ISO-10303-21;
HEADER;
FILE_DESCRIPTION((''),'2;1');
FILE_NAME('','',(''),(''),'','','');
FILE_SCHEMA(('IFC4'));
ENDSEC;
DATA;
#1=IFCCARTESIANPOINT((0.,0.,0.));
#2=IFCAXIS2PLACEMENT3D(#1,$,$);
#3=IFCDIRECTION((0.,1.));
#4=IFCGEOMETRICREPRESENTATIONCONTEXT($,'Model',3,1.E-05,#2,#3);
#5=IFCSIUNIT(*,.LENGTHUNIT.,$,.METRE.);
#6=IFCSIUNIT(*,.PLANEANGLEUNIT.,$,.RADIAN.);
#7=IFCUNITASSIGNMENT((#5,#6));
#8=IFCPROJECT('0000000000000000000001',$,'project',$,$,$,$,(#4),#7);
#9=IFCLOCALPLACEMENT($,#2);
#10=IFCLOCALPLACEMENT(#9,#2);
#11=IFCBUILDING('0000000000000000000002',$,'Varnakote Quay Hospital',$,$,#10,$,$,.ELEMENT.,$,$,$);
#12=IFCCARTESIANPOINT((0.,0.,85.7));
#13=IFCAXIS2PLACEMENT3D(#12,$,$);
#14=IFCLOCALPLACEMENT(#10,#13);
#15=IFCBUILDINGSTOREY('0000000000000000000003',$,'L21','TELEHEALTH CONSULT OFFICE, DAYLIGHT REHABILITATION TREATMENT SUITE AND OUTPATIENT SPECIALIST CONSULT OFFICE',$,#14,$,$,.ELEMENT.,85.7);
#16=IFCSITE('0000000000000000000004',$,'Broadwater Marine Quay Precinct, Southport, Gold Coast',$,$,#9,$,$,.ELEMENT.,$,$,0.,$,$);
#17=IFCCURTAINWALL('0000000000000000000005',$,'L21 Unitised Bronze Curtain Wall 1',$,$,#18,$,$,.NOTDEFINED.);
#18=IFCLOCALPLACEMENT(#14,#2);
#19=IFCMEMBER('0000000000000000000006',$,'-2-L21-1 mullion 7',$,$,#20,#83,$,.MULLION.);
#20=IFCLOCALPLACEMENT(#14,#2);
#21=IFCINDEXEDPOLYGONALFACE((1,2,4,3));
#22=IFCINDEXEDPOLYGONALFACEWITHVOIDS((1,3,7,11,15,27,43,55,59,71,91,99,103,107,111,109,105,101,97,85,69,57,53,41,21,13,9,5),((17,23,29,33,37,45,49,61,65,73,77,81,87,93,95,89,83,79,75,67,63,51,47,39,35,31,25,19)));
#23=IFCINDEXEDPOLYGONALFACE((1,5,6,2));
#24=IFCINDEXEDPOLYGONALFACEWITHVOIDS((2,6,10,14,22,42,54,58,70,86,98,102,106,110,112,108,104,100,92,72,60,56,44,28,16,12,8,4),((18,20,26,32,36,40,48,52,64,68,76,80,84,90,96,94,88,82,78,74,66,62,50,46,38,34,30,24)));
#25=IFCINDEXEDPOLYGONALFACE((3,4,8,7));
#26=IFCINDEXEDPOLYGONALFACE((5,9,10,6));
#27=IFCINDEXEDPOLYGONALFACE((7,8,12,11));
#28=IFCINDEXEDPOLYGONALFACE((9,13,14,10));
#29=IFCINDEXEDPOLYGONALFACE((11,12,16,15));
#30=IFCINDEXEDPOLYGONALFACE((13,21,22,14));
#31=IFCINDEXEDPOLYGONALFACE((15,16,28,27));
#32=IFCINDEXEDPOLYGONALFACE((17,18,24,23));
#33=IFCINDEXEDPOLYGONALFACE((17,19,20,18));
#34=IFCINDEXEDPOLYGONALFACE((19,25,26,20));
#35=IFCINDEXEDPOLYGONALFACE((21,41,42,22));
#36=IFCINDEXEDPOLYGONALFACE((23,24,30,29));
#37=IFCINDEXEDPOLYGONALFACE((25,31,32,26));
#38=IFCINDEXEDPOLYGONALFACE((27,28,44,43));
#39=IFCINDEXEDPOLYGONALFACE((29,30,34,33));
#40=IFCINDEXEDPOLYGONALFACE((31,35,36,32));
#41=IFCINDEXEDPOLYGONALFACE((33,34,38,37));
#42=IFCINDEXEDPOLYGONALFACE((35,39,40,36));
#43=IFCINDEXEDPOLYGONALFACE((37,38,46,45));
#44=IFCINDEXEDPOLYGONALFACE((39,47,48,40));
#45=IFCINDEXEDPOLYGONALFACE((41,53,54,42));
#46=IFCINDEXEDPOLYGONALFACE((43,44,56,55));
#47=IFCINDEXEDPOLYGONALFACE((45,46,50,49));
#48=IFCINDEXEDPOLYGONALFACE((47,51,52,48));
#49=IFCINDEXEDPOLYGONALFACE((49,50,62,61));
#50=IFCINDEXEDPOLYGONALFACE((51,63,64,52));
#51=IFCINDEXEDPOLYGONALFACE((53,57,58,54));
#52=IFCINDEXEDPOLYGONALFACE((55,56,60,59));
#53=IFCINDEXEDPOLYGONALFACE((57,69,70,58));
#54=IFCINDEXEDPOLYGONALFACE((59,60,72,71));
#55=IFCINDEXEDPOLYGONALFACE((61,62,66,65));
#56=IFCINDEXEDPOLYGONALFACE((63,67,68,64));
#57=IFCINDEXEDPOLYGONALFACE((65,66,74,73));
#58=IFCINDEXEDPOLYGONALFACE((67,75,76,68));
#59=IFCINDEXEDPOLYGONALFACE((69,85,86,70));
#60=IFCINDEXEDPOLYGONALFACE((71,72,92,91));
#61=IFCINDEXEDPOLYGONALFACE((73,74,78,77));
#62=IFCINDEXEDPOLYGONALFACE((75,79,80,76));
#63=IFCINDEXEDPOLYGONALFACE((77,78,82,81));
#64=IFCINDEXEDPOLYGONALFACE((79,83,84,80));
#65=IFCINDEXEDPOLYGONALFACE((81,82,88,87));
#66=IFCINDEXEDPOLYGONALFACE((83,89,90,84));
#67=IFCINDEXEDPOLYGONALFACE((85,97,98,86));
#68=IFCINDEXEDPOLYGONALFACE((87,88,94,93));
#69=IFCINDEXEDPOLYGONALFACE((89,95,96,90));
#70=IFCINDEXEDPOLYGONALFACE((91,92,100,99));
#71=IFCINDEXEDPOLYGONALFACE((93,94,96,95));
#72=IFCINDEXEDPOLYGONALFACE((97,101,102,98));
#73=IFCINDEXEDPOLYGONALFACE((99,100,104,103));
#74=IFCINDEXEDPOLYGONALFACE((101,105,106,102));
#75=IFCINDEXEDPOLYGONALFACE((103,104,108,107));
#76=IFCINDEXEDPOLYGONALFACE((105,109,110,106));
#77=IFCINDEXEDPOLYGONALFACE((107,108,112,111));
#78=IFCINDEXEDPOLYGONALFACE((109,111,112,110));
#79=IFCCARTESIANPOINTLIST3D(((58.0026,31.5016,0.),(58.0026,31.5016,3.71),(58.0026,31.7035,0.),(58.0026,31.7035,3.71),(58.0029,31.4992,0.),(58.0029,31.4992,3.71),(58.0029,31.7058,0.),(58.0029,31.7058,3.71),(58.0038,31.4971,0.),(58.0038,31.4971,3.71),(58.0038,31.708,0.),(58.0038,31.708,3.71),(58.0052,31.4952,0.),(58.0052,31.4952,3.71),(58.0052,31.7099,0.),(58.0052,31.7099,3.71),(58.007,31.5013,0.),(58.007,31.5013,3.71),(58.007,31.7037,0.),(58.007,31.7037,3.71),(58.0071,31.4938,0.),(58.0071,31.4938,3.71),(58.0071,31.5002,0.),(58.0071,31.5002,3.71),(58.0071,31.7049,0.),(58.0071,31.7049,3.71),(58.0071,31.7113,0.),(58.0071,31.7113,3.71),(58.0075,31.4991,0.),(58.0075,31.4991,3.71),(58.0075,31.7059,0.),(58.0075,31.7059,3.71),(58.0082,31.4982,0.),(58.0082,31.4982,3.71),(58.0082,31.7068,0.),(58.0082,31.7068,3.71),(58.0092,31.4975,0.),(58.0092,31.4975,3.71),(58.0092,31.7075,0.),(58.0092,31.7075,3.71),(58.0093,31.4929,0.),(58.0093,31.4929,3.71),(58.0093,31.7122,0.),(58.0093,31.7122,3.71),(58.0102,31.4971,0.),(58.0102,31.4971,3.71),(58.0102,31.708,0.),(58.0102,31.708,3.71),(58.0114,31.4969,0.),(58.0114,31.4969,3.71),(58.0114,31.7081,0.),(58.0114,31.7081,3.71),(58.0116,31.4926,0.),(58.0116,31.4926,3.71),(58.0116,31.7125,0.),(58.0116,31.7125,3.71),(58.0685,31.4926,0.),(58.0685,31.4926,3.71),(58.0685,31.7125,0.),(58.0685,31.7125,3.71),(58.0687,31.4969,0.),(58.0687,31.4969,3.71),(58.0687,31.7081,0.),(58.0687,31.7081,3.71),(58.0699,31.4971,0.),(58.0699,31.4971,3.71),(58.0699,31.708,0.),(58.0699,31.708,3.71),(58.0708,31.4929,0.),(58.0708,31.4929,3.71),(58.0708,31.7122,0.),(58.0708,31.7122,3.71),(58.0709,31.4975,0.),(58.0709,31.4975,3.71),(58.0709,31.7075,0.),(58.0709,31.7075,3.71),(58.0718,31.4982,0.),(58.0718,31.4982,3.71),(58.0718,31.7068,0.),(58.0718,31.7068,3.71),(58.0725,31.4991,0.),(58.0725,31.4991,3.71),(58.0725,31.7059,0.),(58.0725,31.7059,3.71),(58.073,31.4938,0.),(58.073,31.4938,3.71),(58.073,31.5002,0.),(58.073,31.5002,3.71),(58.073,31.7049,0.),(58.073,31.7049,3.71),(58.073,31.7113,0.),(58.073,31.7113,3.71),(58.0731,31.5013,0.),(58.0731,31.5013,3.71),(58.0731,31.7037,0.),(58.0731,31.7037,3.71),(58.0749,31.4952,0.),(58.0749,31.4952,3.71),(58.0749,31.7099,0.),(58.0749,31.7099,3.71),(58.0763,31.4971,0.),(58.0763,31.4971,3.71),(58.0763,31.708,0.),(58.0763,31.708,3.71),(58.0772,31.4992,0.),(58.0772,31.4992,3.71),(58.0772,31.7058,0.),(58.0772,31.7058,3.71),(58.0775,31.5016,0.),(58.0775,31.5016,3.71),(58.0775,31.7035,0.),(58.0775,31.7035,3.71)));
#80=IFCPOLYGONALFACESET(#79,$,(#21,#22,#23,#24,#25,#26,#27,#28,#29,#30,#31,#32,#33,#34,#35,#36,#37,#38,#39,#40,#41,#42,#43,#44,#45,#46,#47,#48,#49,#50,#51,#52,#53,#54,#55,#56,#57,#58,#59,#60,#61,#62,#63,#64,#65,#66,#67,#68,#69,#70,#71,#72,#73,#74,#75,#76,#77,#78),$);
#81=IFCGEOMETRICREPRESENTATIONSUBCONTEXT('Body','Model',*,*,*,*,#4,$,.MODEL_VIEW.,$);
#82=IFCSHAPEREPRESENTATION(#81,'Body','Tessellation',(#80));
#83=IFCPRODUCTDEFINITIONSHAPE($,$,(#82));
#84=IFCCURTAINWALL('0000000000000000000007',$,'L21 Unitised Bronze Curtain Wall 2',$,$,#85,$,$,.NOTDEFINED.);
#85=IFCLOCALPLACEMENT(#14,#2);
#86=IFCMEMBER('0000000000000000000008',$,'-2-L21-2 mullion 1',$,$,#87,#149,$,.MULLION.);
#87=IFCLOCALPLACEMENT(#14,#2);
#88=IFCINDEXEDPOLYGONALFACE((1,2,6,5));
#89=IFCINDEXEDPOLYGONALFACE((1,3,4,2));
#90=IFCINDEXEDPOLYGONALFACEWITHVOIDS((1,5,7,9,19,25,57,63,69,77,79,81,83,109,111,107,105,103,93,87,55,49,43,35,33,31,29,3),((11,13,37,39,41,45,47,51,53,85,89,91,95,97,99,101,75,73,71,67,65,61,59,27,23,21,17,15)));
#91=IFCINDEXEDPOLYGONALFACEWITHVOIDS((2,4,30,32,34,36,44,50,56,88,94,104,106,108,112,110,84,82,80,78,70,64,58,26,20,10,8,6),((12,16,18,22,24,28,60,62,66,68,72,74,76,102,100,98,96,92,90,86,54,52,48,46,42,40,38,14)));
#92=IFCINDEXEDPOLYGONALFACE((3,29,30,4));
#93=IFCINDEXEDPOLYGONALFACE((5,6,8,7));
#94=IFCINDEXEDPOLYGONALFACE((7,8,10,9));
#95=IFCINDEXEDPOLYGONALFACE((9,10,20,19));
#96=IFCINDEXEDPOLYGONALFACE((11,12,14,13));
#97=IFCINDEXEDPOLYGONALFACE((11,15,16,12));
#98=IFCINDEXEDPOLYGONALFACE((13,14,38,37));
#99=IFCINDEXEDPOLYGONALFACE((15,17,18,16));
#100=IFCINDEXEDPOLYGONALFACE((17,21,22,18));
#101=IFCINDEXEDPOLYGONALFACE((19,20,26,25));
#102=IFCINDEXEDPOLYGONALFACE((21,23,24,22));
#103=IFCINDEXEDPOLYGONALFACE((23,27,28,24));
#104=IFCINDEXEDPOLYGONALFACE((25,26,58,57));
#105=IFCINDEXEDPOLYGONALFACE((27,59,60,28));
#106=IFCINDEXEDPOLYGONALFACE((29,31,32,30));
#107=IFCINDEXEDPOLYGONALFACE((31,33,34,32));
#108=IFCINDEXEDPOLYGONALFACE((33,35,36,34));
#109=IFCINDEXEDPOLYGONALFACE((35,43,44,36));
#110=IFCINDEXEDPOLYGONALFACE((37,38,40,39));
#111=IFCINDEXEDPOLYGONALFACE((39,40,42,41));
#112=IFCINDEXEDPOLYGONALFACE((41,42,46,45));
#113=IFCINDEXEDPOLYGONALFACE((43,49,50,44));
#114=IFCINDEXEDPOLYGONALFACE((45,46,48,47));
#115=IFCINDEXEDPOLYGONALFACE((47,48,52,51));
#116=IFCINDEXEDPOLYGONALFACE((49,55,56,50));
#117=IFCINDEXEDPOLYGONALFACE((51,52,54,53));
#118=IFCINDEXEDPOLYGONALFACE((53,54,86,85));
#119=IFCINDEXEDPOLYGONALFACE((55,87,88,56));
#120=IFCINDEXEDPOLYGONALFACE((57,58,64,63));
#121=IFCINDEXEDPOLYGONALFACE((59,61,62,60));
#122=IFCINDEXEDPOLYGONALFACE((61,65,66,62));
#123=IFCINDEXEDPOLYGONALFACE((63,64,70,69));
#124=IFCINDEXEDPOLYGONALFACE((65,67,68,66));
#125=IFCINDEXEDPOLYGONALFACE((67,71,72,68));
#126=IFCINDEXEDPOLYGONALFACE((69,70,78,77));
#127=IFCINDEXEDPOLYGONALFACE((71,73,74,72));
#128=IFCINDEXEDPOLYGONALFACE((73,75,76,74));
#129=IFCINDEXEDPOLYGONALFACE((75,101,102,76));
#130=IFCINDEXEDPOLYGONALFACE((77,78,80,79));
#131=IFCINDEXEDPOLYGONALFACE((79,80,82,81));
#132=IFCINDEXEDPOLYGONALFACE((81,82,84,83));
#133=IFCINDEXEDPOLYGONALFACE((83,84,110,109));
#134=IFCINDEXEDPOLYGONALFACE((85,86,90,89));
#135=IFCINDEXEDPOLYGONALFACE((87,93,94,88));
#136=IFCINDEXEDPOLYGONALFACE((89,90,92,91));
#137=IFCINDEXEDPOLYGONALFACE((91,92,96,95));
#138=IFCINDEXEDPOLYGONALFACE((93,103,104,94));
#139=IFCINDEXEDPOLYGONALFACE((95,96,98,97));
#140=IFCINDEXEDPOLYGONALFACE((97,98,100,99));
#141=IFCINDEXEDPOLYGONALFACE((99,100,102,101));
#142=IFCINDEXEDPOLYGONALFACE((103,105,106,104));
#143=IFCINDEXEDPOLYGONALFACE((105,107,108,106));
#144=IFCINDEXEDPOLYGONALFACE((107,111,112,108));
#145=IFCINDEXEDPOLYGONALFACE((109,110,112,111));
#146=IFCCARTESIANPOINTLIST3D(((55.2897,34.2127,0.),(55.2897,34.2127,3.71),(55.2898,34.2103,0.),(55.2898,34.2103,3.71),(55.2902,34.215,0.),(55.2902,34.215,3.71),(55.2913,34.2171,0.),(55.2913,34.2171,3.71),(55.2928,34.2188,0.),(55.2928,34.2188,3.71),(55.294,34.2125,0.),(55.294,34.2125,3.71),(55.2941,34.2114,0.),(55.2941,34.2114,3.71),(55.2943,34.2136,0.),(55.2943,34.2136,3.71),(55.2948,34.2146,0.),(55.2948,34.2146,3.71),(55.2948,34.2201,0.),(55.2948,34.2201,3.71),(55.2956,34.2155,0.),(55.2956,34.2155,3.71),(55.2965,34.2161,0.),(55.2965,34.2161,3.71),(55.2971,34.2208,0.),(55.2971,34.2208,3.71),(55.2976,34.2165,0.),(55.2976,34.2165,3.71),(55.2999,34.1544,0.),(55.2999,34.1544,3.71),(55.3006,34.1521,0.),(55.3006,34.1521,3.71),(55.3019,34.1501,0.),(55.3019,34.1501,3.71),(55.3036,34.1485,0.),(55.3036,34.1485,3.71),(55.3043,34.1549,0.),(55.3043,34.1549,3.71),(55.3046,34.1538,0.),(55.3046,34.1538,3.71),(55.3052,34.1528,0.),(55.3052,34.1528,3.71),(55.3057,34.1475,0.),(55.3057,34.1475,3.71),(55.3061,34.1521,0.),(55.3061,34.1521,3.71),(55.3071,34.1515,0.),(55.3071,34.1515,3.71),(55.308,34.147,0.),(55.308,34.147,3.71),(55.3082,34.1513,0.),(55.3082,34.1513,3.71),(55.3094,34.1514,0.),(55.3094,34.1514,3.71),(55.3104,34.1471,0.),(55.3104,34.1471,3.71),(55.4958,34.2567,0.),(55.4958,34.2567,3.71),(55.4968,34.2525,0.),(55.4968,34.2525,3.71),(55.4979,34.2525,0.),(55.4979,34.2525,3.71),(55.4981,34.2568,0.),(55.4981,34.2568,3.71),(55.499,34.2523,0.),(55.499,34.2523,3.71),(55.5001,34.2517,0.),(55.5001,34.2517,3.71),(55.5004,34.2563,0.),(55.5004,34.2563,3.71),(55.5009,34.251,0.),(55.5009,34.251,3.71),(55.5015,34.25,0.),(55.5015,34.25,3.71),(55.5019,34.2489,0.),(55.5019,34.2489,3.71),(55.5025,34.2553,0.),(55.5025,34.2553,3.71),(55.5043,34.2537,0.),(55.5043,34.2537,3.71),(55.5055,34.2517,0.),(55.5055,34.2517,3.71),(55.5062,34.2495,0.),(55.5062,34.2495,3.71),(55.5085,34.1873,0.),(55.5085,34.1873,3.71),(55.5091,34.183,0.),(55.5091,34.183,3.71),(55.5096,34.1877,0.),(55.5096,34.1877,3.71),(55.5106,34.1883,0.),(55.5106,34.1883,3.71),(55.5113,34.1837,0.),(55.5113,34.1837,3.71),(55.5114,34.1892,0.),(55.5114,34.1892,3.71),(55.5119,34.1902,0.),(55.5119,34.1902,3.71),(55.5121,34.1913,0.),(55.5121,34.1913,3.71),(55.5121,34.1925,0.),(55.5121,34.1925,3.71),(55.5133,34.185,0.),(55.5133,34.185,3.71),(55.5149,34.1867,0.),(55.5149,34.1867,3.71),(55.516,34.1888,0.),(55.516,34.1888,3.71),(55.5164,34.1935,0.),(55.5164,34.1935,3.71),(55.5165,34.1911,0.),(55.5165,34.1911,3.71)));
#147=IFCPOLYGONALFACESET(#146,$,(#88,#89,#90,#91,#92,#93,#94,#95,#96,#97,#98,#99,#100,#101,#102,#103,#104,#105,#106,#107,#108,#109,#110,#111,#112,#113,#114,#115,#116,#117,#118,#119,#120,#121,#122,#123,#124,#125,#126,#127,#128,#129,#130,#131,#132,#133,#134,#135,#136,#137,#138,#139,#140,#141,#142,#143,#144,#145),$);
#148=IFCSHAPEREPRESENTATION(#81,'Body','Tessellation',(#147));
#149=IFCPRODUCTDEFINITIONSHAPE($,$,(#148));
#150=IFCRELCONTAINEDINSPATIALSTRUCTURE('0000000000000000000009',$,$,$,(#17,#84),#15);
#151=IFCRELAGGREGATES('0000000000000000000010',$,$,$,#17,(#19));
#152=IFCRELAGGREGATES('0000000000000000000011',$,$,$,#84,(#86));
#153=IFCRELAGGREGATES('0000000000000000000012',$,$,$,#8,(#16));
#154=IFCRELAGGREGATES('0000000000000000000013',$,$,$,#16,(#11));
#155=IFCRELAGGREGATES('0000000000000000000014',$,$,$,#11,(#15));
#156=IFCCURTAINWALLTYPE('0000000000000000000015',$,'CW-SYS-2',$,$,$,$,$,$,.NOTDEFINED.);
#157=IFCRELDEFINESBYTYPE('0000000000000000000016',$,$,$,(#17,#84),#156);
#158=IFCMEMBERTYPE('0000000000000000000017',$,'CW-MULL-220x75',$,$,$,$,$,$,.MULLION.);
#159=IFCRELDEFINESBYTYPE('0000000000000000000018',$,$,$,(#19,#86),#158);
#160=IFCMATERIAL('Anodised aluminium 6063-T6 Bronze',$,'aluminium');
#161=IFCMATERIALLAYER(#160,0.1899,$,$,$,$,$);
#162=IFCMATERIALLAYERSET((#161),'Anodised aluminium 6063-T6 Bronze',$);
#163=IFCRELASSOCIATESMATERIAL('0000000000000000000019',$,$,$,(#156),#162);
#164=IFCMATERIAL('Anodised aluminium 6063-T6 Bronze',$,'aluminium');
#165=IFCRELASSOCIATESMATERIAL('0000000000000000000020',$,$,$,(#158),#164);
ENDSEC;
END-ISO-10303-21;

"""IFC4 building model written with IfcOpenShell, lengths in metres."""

from ifc_helpers import new_model, si_unit, direction, frame, origin, origin_2d, place, context, subcontext, project, spatial, hollow_rectangle, extrude, material, layer, layer_set, material_profile, profile_set, type_object, element, aggregate, save


model = new_model("IFC4")

# Units and contexts
model_context = context("Model", 3, precision=1e-05, world=origin(), true_north=direction((0.0, 1.0)))
body_context = subcontext(model_context, "Body", "Model", "MODEL_VIEW")
ifc_project = project(units=[si_unit("LENGTHUNIT", "METRE"), si_unit("PLANEANGLEUNIT", "RADIAN")], contexts=[model_context])

# Site, building, storey
site_placement = place(None, origin())
site = spatial("IfcSite", under=ifc_project, at=site_placement, Name="Broadwater Marine Quay Precinct, Southport, Gold Coast", CompositionType="ELEMENT", RefElevation=0.0)
building_placement = place(site_placement, origin())
building = spatial("IfcBuilding", under=site, at=building_placement, Name="Varnakote Quay Hospital", CompositionType="ELEMENT")
storey_placement = place(building_placement, frame((0.0, 0.0, 85.7)))
storey = spatial("IfcBuildingStorey", under=building, at=storey_placement, Name="L21", Description="TELEHEALTH CONSULT OFFICE, DAYLIGHT REHABILITATION TREATMENT SUITE AND OUTPATIENT SPECIALIST CONSULT OFFICE", CompositionType="ELEMENT", Elevation=85.7)

# Curtain wall, member
ifc_material_1 = material(Name="Anodised aluminium 6063-T6 Bronze", Category="aluminium")
ifc_layer_1 = layer(ifc_material_1, 0.1899)
ifc_layer_set_1 = layer_set([ifc_layer_1], Name="Anodised aluminium 6063-T6 Bronze")
curtain_wall_type = type_object("IfcCurtainWallType", Name="CW-SYS-2", PredefinedType="NOTDEFINED", material=ifc_layer_set_1)
curtain_wall_1_placement = place(storey_placement, origin())
curtain_wall_1 = element("IfcCurtainWall", 1, at=curtain_wall_1_placement, inside=storey, type_object=curtain_wall_type, Name="L21 Unitised Bronze Curtain Wall 1", PredefinedType="NOTDEFINED")
ifc_material_2 = material(Name="Anodised aluminium 6063-T6 Bronze", Category="aluminium")
ifc_material_profile_1 = material_profile(ifc_material_2, hollow_rectangle(XDim=0.075, YDim=0.22, WallThickness=0.0044, InnerFilletRadius=0.0044, OuterFilletRadius=0.009, at=origin_2d()), Name="CW-MULL-220x75")
ifc_profile_set_1 = profile_set([ifc_material_profile_1], Name="Anodised aluminium 6063-T6 Bronze")
member_type_1 = type_object("IfcMemberType", Name="CW-MULL-220x75", PredefinedType="MULLION", material=ifc_profile_set_1)
member_1_placement = place(storey_placement, frame((58.04, 31.6025, 0.0), z_axis=(0.0, 0.0, 1.0), x_axis=(-1.0, 0.0, 0.0)))
member_1 = element("IfcMember", 2, at=member_1_placement, type_object=member_type_1, Name="-2-L21-1 mullion 7", PredefinedType="MULLION", context=body_context, shape_type="SweptSolid", body=[
    extrude(hollow_rectangle(XDim=0.075, YDim=0.22, WallThickness=0.0044, InnerFilletRadius=0.0044, OuterFilletRadius=0.009, at=origin_2d()), origin(), (0.0, 0.0, 1.0), 3.71),
])

# Curtain wall, member
curtain_wall_2_placement = place(storey_placement, origin())
curtain_wall_2 = element("IfcCurtainWall", 3, at=curtain_wall_2_placement, inside=storey, type_object=curtain_wall_type, Name="L21 Unitised Bronze Curtain Wall 2", PredefinedType="NOTDEFINED")
member_2_placement = place(storey_placement, frame((55.4031, 34.2019, 0.0), z_axis=(0.0, 0.0, 1.0), x_axis=(0.177846, -0.984058, 0.0)))
member_2 = element("IfcMember", 4, at=member_2_placement, type_object=member_type_1, Name="-2-L21-2 mullion 1", PredefinedType="MULLION", context=body_context, shape_type="SweptSolid", body=[
    extrude(hollow_rectangle(XDim=0.075, YDim=0.22, WallThickness=0.0044, InnerFilletRadius=0.0044, OuterFilletRadius=0.009, at=origin_2d()), origin(), (0.0, 0.0, 1.0), 3.71),
])

aggregate(curtain_wall_1, [member_1])
aggregate(curtain_wall_2, [member_2])

save(model, "model.ifc")
